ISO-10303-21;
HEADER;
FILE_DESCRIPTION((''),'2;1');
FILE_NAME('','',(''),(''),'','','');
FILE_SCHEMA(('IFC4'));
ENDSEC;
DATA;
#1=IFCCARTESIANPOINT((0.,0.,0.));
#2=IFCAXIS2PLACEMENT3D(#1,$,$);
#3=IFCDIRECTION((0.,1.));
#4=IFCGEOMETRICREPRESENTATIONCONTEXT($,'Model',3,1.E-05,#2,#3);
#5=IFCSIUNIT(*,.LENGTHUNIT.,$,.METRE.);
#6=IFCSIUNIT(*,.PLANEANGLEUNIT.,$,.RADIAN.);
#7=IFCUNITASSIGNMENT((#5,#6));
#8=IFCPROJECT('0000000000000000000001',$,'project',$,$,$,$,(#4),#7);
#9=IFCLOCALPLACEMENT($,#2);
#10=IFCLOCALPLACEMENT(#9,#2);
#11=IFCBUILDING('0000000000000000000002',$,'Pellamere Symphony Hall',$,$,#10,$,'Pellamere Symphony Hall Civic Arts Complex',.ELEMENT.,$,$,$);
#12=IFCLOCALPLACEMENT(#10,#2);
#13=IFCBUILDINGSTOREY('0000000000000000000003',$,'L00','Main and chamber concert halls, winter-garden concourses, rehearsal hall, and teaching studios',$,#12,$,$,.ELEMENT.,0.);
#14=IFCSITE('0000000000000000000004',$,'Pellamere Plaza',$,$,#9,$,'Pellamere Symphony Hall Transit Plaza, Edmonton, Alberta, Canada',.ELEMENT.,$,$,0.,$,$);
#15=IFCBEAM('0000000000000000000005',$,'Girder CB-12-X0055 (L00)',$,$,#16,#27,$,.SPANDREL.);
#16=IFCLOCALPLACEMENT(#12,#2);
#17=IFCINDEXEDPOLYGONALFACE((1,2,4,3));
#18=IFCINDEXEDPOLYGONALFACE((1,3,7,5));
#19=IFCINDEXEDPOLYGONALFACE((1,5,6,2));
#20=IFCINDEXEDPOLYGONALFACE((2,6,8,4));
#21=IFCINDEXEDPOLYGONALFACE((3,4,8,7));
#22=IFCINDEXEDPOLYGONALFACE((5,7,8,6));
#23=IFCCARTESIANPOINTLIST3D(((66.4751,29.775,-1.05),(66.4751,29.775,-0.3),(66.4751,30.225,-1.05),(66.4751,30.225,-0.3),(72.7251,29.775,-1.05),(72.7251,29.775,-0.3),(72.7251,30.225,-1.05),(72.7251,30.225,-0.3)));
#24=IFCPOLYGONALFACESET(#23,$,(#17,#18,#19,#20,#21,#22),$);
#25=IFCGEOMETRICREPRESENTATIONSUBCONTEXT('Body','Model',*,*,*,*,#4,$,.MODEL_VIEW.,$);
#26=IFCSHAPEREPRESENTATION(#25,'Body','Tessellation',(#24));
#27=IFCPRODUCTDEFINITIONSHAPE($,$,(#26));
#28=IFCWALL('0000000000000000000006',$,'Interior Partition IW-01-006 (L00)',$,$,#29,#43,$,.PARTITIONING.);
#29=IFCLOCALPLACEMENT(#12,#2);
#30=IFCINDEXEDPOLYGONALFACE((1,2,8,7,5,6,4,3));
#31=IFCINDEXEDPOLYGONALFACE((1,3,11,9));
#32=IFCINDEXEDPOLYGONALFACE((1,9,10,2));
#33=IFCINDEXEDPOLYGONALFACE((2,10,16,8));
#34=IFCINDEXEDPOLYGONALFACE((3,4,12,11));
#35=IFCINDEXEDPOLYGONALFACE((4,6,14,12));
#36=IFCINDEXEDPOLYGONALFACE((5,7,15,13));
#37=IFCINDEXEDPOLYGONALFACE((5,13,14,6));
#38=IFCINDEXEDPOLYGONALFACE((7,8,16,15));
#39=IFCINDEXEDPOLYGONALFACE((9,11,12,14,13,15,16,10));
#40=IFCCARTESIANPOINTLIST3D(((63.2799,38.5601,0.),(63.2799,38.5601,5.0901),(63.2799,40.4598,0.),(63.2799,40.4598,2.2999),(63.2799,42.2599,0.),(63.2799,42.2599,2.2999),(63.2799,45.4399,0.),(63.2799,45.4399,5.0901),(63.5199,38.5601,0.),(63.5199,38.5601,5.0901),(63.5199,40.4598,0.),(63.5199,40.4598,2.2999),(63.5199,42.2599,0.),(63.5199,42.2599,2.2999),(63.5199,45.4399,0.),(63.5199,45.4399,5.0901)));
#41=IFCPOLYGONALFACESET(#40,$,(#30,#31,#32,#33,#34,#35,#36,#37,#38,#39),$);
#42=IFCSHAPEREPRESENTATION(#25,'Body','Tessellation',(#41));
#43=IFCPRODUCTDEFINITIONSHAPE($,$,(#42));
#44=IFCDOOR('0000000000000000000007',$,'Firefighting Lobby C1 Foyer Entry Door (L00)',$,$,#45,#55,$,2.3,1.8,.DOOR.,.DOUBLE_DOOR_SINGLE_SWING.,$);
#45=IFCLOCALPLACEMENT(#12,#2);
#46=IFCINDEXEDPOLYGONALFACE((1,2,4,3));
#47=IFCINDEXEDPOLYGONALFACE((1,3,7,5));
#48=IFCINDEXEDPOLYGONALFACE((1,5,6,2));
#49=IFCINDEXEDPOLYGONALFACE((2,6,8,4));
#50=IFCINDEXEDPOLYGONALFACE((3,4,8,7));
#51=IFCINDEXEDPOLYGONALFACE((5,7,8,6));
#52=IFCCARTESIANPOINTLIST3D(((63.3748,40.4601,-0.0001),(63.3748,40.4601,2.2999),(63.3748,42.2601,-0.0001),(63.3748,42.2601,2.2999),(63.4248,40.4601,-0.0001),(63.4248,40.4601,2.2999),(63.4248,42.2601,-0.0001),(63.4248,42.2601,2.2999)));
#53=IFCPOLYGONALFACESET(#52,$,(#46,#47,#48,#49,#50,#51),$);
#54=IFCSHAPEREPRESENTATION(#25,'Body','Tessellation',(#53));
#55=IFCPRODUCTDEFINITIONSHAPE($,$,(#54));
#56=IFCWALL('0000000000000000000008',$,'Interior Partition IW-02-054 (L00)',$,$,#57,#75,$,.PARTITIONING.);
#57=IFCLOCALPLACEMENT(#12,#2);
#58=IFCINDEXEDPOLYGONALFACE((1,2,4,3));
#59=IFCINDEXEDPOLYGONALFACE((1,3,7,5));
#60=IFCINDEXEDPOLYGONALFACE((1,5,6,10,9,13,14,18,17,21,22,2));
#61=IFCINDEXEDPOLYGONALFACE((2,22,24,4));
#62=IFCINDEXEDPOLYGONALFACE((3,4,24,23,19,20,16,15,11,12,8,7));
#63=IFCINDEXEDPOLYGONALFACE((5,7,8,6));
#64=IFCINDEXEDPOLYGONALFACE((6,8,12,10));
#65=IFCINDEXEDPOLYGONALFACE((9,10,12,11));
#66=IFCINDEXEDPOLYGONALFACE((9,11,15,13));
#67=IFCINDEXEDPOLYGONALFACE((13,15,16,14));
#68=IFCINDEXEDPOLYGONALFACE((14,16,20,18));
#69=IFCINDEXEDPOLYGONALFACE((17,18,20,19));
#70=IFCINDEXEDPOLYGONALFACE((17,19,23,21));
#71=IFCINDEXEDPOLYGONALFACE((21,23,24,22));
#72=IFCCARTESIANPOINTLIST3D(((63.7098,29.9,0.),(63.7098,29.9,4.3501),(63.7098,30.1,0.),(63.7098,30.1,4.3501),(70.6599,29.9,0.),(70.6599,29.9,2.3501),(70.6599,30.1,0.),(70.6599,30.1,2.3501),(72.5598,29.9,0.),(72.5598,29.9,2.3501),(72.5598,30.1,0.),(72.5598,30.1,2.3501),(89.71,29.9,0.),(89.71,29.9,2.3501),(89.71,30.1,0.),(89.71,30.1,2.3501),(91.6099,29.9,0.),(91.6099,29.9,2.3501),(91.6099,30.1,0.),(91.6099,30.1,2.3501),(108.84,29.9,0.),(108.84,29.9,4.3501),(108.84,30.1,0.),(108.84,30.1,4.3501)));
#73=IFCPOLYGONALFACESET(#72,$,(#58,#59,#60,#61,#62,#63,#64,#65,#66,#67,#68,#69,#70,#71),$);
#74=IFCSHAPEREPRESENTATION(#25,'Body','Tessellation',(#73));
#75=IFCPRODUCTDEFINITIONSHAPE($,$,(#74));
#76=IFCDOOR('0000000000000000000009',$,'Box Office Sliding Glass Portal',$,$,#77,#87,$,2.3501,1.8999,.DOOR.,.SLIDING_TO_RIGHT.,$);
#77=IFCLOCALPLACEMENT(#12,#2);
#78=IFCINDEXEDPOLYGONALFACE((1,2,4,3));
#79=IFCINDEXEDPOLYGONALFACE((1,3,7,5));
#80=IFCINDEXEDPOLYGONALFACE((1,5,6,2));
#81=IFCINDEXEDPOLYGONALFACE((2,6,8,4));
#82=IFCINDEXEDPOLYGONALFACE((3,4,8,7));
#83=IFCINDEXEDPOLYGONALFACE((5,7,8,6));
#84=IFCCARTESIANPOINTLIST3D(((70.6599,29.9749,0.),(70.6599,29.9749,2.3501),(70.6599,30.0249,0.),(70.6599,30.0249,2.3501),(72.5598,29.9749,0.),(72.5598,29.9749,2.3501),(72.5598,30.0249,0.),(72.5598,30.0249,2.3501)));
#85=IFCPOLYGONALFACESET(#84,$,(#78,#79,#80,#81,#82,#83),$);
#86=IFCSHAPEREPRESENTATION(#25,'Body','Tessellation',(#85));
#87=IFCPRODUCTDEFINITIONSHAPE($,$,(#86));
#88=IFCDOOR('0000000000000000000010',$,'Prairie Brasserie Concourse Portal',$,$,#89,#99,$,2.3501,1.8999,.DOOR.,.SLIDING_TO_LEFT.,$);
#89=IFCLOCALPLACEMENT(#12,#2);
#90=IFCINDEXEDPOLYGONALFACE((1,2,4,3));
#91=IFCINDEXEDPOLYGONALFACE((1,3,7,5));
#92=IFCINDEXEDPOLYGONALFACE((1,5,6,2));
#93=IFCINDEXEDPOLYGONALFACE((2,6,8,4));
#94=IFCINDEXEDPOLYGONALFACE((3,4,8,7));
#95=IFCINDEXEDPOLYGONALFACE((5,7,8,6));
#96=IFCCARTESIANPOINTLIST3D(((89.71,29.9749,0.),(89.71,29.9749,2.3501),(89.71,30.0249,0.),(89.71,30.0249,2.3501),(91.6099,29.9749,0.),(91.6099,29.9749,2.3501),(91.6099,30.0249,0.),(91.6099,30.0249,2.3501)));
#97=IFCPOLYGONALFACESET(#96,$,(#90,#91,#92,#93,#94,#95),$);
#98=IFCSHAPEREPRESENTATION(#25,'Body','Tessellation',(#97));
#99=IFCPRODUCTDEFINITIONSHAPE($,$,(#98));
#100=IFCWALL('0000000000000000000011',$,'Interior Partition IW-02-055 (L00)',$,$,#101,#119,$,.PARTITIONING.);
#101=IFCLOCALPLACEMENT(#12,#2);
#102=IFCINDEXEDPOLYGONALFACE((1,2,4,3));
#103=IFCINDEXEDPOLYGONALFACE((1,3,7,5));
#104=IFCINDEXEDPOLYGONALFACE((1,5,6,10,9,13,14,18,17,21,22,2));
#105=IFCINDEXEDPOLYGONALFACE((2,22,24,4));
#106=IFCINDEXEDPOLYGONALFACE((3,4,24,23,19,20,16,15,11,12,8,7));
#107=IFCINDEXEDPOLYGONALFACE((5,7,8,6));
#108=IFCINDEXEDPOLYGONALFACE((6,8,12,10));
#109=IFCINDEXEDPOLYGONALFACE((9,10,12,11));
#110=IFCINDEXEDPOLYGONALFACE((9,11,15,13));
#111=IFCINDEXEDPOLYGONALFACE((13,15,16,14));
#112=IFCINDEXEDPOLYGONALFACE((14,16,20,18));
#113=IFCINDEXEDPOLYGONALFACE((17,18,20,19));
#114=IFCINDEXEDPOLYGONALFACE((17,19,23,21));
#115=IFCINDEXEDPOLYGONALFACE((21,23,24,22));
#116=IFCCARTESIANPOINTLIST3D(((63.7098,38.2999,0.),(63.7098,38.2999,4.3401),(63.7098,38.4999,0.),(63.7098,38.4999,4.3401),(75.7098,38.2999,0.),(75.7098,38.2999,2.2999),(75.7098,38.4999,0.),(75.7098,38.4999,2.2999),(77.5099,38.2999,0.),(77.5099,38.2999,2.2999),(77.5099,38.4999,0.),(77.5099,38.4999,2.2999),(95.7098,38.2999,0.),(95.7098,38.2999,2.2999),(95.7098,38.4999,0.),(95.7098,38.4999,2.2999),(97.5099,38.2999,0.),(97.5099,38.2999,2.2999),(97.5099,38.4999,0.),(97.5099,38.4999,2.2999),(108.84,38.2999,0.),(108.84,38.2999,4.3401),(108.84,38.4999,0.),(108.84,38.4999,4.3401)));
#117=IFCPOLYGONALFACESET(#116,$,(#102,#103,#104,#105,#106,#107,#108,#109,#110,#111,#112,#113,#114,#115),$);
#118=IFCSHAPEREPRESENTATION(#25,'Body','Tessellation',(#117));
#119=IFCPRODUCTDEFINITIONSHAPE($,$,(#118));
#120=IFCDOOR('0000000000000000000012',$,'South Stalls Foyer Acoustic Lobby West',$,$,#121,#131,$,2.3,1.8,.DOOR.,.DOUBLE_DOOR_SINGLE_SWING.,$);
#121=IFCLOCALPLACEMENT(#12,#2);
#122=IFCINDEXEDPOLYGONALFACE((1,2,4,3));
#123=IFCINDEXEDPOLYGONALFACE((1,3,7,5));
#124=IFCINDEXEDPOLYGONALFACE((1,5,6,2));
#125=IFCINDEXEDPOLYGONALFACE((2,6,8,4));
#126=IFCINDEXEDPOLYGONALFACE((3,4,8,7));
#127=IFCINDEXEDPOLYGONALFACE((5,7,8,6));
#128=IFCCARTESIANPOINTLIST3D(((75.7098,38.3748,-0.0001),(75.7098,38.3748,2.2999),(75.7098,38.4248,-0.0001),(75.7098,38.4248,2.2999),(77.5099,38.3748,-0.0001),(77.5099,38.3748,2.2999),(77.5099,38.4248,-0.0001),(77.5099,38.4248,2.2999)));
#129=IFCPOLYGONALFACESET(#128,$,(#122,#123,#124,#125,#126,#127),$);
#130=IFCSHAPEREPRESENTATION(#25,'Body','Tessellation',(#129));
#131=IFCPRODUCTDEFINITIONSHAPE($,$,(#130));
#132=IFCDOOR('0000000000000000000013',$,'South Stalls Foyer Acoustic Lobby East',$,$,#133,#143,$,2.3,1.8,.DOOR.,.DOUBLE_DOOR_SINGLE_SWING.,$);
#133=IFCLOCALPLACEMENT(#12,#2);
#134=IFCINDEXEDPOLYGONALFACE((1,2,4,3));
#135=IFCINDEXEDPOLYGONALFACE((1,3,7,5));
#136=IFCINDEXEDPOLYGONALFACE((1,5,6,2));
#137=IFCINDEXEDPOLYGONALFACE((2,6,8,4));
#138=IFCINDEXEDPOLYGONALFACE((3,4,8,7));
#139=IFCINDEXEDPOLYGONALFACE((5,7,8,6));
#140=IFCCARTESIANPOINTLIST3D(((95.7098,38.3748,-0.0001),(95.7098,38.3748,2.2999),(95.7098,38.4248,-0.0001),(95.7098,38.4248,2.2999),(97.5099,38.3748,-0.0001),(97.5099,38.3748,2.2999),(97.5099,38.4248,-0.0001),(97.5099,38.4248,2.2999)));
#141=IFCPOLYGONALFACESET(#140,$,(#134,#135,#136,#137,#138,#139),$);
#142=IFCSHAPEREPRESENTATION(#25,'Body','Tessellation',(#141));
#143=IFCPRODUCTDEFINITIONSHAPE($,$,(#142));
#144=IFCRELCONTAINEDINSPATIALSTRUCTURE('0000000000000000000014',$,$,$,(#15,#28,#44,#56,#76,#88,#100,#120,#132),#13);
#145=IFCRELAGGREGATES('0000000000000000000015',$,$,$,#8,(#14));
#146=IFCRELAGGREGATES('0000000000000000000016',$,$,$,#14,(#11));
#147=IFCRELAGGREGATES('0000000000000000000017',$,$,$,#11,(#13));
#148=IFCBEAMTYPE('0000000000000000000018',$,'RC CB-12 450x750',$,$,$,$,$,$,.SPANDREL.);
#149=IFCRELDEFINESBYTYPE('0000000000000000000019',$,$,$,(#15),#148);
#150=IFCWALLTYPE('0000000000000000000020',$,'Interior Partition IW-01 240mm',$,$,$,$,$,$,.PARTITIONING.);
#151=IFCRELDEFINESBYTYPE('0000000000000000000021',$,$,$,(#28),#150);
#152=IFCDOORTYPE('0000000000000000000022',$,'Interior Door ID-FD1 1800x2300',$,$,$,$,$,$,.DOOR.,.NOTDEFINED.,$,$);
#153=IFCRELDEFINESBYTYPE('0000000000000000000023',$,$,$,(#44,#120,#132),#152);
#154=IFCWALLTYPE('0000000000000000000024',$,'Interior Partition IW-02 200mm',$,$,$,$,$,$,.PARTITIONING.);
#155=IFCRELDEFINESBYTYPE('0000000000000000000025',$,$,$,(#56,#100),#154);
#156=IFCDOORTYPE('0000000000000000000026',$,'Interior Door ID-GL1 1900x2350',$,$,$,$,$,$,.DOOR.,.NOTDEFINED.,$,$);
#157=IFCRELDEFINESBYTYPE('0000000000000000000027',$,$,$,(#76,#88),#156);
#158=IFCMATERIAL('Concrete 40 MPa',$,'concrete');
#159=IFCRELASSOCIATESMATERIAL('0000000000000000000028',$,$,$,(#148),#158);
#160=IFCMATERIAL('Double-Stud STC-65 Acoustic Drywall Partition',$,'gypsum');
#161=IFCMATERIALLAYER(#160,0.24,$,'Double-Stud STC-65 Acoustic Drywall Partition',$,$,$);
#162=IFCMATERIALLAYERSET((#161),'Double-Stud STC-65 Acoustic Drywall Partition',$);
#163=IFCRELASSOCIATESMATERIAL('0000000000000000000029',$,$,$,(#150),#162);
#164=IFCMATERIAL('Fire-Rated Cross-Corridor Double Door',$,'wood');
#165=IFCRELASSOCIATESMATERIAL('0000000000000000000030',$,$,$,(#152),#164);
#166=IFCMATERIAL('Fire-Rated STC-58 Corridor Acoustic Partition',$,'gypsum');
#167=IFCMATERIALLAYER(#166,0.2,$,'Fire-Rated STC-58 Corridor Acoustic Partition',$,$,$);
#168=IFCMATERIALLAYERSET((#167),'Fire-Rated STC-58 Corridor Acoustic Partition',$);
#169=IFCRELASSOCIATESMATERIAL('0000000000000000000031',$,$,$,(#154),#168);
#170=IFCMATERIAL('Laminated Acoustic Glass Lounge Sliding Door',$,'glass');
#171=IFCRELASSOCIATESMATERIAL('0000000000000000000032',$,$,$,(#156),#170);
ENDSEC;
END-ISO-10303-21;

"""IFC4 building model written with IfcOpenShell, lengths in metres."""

from ifc_helpers import new_model, si_unit, direction, frame, frame_2d, origin, origin_2d, place, context, subcontext, project, spatial, rectangle, extrude, material, layer, layer_set, material_profile, profile_set, type_object, element, fill, save


model = new_model("IFC4")

# Units and contexts
model_context = context("Model", 3, precision=1e-05, world=origin(), true_north=direction((0.0, 1.0)))
body_context = subcontext(model_context, "Body", "Model", "MODEL_VIEW")
ifc_project = project(units=[si_unit("LENGTHUNIT", "METRE"), si_unit("PLANEANGLEUNIT", "RADIAN")], contexts=[model_context])

# Site, building, storey
site_placement = place(None, origin())
site = spatial("IfcSite", under=ifc_project, at=site_placement, Name="Pellamere Plaza", LongName="Pellamere Symphony Hall Transit Plaza, Edmonton, Alberta, Canada", CompositionType="ELEMENT", RefElevation=0.0)
building_placement = place(site_placement, origin())
building = spatial("IfcBuilding", under=site, at=building_placement, Name="Pellamere Symphony Hall", LongName="Pellamere Symphony Hall Civic Arts Complex", CompositionType="ELEMENT")
storey_placement = place(building_placement, origin())
storey = spatial("IfcBuildingStorey", under=building, at=storey_placement, Name="L00", Description="Main and chamber concert halls, winter-garden concourses, rehearsal hall, and teaching studios", CompositionType="ELEMENT", Elevation=0.0)

# Shared definitions
ifc_material_1 = material(Name="Concrete 40 MPa", Category="concrete")

# Beam
ifc_material_profile_1 = material_profile(ifc_material_1, rectangle(XDim=0.45, YDim=0.75, at=origin_2d()), Name="RC 450x750")
ifc_profile_set_1 = profile_set([ifc_material_profile_1], Name="Concrete 40 MPa")
beam_type_1 = type_object("IfcBeamType", Name="RC CB-12 450x750", PredefinedType="SPANDREL", material=ifc_profile_set_1)
beam_1_placement = place(storey_placement, frame((66.4751, 30.0, -0.675), z_axis=(1.0, 0.0, 0.0), x_axis=(0.0, 1.0, 0.0)))
element("IfcBeam", 1, at=beam_1_placement, inside=storey, type_object=beam_type_1, Name="Girder CB-12-X0055 (L00)", PredefinedType="SPANDREL", context=body_context, shape_type="SweptSolid", body=[
    extrude(rectangle(XDim=0.45, YDim=0.75, at=origin_2d()), origin(), (0.0, 0.0, 1.0), 6.25),
])

# Wall, opening, door
ifc_material_2 = material(Name="Double-Stud STC-65 Acoustic Drywall Partition", Category="gypsum")
ifc_layer_1 = layer(ifc_material_2, 0.24, Name="Double-Stud STC-65 Acoustic Drywall Partition")
ifc_layer_set_1 = layer_set([ifc_layer_1], Name="Double-Stud STC-65 Acoustic Drywall Partition")
wall_type_1 = type_object("IfcWallType", Name="Interior Partition IW-01 240mm", PredefinedType="PARTITIONING", material=ifc_layer_set_1)
wall_1_placement = place(storey_placement, frame((63.3999, 38.5601, 0.0), z_axis=(0.0, 0.0, 1.0), x_axis=(0.0, 1.0, 0.0)))
wall_1 = element("IfcWall", 2, at=wall_1_placement, inside=storey, type_object=wall_type_1, Name="Interior Partition IW-01-006 (L00)", PredefinedType="PARTITIONING", context=body_context, shape_type="SweptSolid", body=[
    extrude(rectangle(XDim=6.8799, YDim=0.24, at=frame_2d((3.4399, 0.0))), origin(), (0.0, 0.0, 1.0), 5.0901),
])
opening_1_placement = place(wall_1_placement, frame((1.8999, 0.0, 0.0)))
opening_1 = element("IfcOpeningElement", 3, at=opening_1_placement, cuts=wall_1, PredefinedType="OPENING", context=body_context, shape_type="SweptSolid", body=[
    extrude(rectangle(XDim=1.8, YDim=2.3, at=frame_2d((0.8999, 1.1499))), frame((0.0, 0.1299, 0.0), z_axis=(0.0, -1.0, 0.0), x_axis=(1.0, 0.0, 0.0)), (0.0, 0.0, 1.0), 0.26),
])
ifc_material_3 = material(Name="Fire-Rated Cross-Corridor Double Door", Category="wood")
door_type_1 = type_object("IfcDoorType", Name="Interior Door ID-FD1 1800x2300", OperationType="NOTDEFINED", PredefinedType="DOOR", material=ifc_material_3)
door_1_placement = place(opening_1_placement, frame((1.8, 0.0, 0.0), z_axis=(0.0, 0.0, 1.0), x_axis=(-1.0, 0.0, 0.0)))
door_1 = element("IfcDoor", 4, at=door_1_placement, inside=storey, type_object=door_type_1, Name="Firefighting Lobby C1 Foyer Entry Door (L00)", OperationType="DOUBLE_DOOR_SINGLE_SWING", OverallHeight=2.3, OverallWidth=1.8, PredefinedType="DOOR", context=body_context, shape_type="SweptSolid", body=[
    extrude(rectangle(XDim=1.8, YDim=2.3, at=frame_2d((0.8999, 1.1499))), frame((0.0, 0.0249, 0.0), z_axis=(0.0, -1.0, 0.0), x_axis=(1.0, 0.0, 0.0)), (0.0, 0.0, 1.0), 0.05),
])
fill(opening_1, door_1)

# Walls, openings, doors
ifc_material_4 = material(Name="Fire-Rated STC-58 Corridor Acoustic Partition", Category="gypsum")
ifc_layer_2 = layer(ifc_material_4, 0.2, Name="Fire-Rated STC-58 Corridor Acoustic Partition")
ifc_layer_set_2 = layer_set([ifc_layer_2], Name="Fire-Rated STC-58 Corridor Acoustic Partition")
wall_type_2 = type_object("IfcWallType", Name="Interior Partition IW-02 200mm", PredefinedType="PARTITIONING", material=ifc_layer_set_2)
wall_2_placement = place(storey_placement, frame((63.71, 30.0, 0.0), z_axis=(0.0, 0.0, 1.0), x_axis=(1.0, 0.0, 0.0)))
wall_2 = element("IfcWall", 5, at=wall_2_placement, inside=storey, type_object=wall_type_2, Name="Interior Partition IW-02-054 (L00)", PredefinedType="PARTITIONING", context=body_context, shape_type="SweptSolid", body=[
    extrude(rectangle(XDim=45.1301, YDim=0.2, at=frame_2d((22.5649, 0.0))), origin(), (0.0, 0.0, 1.0), 4.3501),
])
opening_2_placement = place(wall_2_placement, frame((6.95, 0.0, 0.0)))
opening_2 = element("IfcOpeningElement", 6, at=opening_2_placement, cuts=wall_2, PredefinedType="OPENING", context=body_context, shape_type="SweptSolid", body=[
    extrude(rectangle(XDim=1.8999, YDim=2.3501, at=frame_2d((0.95, 1.175))), frame((0.0, 0.1099, 0.0), z_axis=(0.0, -1.0, 0.0), x_axis=(1.0, 0.0, 0.0)), (0.0, 0.0, 1.0), 0.22),
])
opening_3_placement = place(wall_2_placement, frame((26.0, 0.0, 0.0)))
opening_3 = element("IfcOpeningElement", 7, at=opening_3_placement, cuts=wall_2, PredefinedType="OPENING", context=body_context, shape_type="SweptSolid", body=[
    extrude(rectangle(XDim=1.8999, YDim=2.3501, at=frame_2d((0.95, 1.175))), frame((0.0, 0.1099, 0.0), z_axis=(0.0, -1.0, 0.0), x_axis=(1.0, 0.0, 0.0)), (0.0, 0.0, 1.0), 0.22),
])
ifc_material_5 = material(Name="Laminated Acoustic Glass Lounge Sliding Door", Category="glass")
door_type_2 = type_object("IfcDoorType", Name="Interior Door ID-GL1 1900x2350", OperationType="NOTDEFINED", PredefinedType="DOOR", material=ifc_material_5)
door_2_placement = place(opening_2_placement, origin())
door_2 = element("IfcDoor", 8, at=door_2_placement, inside=storey, type_object=door_type_2, Name="Box Office Sliding Glass Portal", OperationType="SLIDING_TO_RIGHT", OverallHeight=2.3501, OverallWidth=1.8999, PredefinedType="DOOR", context=body_context, shape_type="SweptSolid", body=[
    extrude(rectangle(XDim=1.8999, YDim=2.3501, at=frame_2d((0.95, 1.175))), frame((0.0, 0.0249, 0.0), z_axis=(0.0, -1.0, 0.0), x_axis=(1.0, 0.0, 0.0)), (0.0, 0.0, 1.0), 0.05),
])
fill(opening_2, door_2)
door_3_placement = place(opening_3_placement, origin())
door_3 = element("IfcDoor", 9, at=door_3_placement, inside=storey, type_object=door_type_2, Name="Prairie Brasserie Concourse Portal", OperationType="SLIDING_TO_LEFT", OverallHeight=2.3501, OverallWidth=1.8999, PredefinedType="DOOR", context=body_context, shape_type="SweptSolid", body=[
    extrude(rectangle(XDim=1.8999, YDim=2.3501, at=frame_2d((0.95, 1.175))), frame((0.0, 0.0249, 0.0), z_axis=(0.0, -1.0, 0.0), x_axis=(1.0, 0.0, 0.0)), (0.0, 0.0, 1.0), 0.05),
])
fill(opening_3, door_3)
wall_3_placement = place(storey_placement, frame((63.71, 38.3999, 0.0), z_axis=(0.0, 0.0, 1.0), x_axis=(1.0, 0.0, 0.0)))
wall_3 = element("IfcWall", 10, at=wall_3_placement, inside=storey, type_object=wall_type_2, Name="Interior Partition IW-02-055 (L00)", PredefinedType="PARTITIONING", context=body_context, shape_type="SweptSolid", body=[
    extrude(rectangle(XDim=45.1301, YDim=0.2, at=frame_2d((22.5649, 0.0))), origin(), (0.0, 0.0, 1.0), 4.3401),
])
opening_4_placement = place(wall_3_placement, frame((12.0, 0.0, 0.0)))
opening_4 = element("IfcOpeningElement", 11, at=opening_4_placement, cuts=wall_3, PredefinedType="OPENING", context=body_context, shape_type="SweptSolid", body=[
    extrude(rectangle(XDim=1.8, YDim=2.3, at=frame_2d((0.8999, 1.1499))), frame((0.0, 0.1099, 0.0), z_axis=(0.0, -1.0, 0.0), x_axis=(1.0, 0.0, 0.0)), (0.0, 0.0, 1.0), 0.22),
])
opening_5_placement = place(wall_3_placement, frame((32.0, 0.0, 0.0)))
opening_5 = element("IfcOpeningElement", 12, at=opening_5_placement, cuts=wall_3, PredefinedType="OPENING", context=body_context, shape_type="SweptSolid", body=[
    extrude(rectangle(XDim=1.8, YDim=2.3, at=frame_2d((0.8999, 1.1499))), frame((0.0, 0.1099, 0.0), z_axis=(0.0, -1.0, 0.0), x_axis=(1.0, 0.0, 0.0)), (0.0, 0.0, 1.0), 0.22),
])
door_4_placement = place(opening_4_placement, origin())
door_4 = element("IfcDoor", 13, at=door_4_placement, inside=storey, type_object=door_type_1, Name="South Stalls Foyer Acoustic Lobby West", OperationType="DOUBLE_DOOR_SINGLE_SWING", OverallHeight=2.3, OverallWidth=1.8, PredefinedType="DOOR", context=body_context, shape_type="SweptSolid", body=[
    extrude(rectangle(XDim=1.8, YDim=2.3, at=frame_2d((0.8999, 1.1499))), frame((0.0, 0.0249, 0.0), z_axis=(0.0, -1.0, 0.0), x_axis=(1.0, 0.0, 0.0)), (0.0, 0.0, 1.0), 0.05),
])
fill(opening_4, door_4)
door_5_placement = place(opening_5_placement, origin())
door_5 = element("IfcDoor", 14, at=door_5_placement, inside=storey, type_object=door_type_1, Name="South Stalls Foyer Acoustic Lobby East", OperationType="DOUBLE_DOOR_SINGLE_SWING", OverallHeight=2.3, OverallWidth=1.8, PredefinedType="DOOR", context=body_context, shape_type="SweptSolid", body=[
    extrude(rectangle(XDim=1.8, YDim=2.3, at=frame_2d((0.8999, 1.1499))), frame((0.0, 0.0249, 0.0), z_axis=(0.0, -1.0, 0.0), x_axis=(1.0, 0.0, 0.0)), (0.0, 0.0, 1.0), 0.05),
])
fill(opening_5, door_5)

save(model, "model.ifc")
